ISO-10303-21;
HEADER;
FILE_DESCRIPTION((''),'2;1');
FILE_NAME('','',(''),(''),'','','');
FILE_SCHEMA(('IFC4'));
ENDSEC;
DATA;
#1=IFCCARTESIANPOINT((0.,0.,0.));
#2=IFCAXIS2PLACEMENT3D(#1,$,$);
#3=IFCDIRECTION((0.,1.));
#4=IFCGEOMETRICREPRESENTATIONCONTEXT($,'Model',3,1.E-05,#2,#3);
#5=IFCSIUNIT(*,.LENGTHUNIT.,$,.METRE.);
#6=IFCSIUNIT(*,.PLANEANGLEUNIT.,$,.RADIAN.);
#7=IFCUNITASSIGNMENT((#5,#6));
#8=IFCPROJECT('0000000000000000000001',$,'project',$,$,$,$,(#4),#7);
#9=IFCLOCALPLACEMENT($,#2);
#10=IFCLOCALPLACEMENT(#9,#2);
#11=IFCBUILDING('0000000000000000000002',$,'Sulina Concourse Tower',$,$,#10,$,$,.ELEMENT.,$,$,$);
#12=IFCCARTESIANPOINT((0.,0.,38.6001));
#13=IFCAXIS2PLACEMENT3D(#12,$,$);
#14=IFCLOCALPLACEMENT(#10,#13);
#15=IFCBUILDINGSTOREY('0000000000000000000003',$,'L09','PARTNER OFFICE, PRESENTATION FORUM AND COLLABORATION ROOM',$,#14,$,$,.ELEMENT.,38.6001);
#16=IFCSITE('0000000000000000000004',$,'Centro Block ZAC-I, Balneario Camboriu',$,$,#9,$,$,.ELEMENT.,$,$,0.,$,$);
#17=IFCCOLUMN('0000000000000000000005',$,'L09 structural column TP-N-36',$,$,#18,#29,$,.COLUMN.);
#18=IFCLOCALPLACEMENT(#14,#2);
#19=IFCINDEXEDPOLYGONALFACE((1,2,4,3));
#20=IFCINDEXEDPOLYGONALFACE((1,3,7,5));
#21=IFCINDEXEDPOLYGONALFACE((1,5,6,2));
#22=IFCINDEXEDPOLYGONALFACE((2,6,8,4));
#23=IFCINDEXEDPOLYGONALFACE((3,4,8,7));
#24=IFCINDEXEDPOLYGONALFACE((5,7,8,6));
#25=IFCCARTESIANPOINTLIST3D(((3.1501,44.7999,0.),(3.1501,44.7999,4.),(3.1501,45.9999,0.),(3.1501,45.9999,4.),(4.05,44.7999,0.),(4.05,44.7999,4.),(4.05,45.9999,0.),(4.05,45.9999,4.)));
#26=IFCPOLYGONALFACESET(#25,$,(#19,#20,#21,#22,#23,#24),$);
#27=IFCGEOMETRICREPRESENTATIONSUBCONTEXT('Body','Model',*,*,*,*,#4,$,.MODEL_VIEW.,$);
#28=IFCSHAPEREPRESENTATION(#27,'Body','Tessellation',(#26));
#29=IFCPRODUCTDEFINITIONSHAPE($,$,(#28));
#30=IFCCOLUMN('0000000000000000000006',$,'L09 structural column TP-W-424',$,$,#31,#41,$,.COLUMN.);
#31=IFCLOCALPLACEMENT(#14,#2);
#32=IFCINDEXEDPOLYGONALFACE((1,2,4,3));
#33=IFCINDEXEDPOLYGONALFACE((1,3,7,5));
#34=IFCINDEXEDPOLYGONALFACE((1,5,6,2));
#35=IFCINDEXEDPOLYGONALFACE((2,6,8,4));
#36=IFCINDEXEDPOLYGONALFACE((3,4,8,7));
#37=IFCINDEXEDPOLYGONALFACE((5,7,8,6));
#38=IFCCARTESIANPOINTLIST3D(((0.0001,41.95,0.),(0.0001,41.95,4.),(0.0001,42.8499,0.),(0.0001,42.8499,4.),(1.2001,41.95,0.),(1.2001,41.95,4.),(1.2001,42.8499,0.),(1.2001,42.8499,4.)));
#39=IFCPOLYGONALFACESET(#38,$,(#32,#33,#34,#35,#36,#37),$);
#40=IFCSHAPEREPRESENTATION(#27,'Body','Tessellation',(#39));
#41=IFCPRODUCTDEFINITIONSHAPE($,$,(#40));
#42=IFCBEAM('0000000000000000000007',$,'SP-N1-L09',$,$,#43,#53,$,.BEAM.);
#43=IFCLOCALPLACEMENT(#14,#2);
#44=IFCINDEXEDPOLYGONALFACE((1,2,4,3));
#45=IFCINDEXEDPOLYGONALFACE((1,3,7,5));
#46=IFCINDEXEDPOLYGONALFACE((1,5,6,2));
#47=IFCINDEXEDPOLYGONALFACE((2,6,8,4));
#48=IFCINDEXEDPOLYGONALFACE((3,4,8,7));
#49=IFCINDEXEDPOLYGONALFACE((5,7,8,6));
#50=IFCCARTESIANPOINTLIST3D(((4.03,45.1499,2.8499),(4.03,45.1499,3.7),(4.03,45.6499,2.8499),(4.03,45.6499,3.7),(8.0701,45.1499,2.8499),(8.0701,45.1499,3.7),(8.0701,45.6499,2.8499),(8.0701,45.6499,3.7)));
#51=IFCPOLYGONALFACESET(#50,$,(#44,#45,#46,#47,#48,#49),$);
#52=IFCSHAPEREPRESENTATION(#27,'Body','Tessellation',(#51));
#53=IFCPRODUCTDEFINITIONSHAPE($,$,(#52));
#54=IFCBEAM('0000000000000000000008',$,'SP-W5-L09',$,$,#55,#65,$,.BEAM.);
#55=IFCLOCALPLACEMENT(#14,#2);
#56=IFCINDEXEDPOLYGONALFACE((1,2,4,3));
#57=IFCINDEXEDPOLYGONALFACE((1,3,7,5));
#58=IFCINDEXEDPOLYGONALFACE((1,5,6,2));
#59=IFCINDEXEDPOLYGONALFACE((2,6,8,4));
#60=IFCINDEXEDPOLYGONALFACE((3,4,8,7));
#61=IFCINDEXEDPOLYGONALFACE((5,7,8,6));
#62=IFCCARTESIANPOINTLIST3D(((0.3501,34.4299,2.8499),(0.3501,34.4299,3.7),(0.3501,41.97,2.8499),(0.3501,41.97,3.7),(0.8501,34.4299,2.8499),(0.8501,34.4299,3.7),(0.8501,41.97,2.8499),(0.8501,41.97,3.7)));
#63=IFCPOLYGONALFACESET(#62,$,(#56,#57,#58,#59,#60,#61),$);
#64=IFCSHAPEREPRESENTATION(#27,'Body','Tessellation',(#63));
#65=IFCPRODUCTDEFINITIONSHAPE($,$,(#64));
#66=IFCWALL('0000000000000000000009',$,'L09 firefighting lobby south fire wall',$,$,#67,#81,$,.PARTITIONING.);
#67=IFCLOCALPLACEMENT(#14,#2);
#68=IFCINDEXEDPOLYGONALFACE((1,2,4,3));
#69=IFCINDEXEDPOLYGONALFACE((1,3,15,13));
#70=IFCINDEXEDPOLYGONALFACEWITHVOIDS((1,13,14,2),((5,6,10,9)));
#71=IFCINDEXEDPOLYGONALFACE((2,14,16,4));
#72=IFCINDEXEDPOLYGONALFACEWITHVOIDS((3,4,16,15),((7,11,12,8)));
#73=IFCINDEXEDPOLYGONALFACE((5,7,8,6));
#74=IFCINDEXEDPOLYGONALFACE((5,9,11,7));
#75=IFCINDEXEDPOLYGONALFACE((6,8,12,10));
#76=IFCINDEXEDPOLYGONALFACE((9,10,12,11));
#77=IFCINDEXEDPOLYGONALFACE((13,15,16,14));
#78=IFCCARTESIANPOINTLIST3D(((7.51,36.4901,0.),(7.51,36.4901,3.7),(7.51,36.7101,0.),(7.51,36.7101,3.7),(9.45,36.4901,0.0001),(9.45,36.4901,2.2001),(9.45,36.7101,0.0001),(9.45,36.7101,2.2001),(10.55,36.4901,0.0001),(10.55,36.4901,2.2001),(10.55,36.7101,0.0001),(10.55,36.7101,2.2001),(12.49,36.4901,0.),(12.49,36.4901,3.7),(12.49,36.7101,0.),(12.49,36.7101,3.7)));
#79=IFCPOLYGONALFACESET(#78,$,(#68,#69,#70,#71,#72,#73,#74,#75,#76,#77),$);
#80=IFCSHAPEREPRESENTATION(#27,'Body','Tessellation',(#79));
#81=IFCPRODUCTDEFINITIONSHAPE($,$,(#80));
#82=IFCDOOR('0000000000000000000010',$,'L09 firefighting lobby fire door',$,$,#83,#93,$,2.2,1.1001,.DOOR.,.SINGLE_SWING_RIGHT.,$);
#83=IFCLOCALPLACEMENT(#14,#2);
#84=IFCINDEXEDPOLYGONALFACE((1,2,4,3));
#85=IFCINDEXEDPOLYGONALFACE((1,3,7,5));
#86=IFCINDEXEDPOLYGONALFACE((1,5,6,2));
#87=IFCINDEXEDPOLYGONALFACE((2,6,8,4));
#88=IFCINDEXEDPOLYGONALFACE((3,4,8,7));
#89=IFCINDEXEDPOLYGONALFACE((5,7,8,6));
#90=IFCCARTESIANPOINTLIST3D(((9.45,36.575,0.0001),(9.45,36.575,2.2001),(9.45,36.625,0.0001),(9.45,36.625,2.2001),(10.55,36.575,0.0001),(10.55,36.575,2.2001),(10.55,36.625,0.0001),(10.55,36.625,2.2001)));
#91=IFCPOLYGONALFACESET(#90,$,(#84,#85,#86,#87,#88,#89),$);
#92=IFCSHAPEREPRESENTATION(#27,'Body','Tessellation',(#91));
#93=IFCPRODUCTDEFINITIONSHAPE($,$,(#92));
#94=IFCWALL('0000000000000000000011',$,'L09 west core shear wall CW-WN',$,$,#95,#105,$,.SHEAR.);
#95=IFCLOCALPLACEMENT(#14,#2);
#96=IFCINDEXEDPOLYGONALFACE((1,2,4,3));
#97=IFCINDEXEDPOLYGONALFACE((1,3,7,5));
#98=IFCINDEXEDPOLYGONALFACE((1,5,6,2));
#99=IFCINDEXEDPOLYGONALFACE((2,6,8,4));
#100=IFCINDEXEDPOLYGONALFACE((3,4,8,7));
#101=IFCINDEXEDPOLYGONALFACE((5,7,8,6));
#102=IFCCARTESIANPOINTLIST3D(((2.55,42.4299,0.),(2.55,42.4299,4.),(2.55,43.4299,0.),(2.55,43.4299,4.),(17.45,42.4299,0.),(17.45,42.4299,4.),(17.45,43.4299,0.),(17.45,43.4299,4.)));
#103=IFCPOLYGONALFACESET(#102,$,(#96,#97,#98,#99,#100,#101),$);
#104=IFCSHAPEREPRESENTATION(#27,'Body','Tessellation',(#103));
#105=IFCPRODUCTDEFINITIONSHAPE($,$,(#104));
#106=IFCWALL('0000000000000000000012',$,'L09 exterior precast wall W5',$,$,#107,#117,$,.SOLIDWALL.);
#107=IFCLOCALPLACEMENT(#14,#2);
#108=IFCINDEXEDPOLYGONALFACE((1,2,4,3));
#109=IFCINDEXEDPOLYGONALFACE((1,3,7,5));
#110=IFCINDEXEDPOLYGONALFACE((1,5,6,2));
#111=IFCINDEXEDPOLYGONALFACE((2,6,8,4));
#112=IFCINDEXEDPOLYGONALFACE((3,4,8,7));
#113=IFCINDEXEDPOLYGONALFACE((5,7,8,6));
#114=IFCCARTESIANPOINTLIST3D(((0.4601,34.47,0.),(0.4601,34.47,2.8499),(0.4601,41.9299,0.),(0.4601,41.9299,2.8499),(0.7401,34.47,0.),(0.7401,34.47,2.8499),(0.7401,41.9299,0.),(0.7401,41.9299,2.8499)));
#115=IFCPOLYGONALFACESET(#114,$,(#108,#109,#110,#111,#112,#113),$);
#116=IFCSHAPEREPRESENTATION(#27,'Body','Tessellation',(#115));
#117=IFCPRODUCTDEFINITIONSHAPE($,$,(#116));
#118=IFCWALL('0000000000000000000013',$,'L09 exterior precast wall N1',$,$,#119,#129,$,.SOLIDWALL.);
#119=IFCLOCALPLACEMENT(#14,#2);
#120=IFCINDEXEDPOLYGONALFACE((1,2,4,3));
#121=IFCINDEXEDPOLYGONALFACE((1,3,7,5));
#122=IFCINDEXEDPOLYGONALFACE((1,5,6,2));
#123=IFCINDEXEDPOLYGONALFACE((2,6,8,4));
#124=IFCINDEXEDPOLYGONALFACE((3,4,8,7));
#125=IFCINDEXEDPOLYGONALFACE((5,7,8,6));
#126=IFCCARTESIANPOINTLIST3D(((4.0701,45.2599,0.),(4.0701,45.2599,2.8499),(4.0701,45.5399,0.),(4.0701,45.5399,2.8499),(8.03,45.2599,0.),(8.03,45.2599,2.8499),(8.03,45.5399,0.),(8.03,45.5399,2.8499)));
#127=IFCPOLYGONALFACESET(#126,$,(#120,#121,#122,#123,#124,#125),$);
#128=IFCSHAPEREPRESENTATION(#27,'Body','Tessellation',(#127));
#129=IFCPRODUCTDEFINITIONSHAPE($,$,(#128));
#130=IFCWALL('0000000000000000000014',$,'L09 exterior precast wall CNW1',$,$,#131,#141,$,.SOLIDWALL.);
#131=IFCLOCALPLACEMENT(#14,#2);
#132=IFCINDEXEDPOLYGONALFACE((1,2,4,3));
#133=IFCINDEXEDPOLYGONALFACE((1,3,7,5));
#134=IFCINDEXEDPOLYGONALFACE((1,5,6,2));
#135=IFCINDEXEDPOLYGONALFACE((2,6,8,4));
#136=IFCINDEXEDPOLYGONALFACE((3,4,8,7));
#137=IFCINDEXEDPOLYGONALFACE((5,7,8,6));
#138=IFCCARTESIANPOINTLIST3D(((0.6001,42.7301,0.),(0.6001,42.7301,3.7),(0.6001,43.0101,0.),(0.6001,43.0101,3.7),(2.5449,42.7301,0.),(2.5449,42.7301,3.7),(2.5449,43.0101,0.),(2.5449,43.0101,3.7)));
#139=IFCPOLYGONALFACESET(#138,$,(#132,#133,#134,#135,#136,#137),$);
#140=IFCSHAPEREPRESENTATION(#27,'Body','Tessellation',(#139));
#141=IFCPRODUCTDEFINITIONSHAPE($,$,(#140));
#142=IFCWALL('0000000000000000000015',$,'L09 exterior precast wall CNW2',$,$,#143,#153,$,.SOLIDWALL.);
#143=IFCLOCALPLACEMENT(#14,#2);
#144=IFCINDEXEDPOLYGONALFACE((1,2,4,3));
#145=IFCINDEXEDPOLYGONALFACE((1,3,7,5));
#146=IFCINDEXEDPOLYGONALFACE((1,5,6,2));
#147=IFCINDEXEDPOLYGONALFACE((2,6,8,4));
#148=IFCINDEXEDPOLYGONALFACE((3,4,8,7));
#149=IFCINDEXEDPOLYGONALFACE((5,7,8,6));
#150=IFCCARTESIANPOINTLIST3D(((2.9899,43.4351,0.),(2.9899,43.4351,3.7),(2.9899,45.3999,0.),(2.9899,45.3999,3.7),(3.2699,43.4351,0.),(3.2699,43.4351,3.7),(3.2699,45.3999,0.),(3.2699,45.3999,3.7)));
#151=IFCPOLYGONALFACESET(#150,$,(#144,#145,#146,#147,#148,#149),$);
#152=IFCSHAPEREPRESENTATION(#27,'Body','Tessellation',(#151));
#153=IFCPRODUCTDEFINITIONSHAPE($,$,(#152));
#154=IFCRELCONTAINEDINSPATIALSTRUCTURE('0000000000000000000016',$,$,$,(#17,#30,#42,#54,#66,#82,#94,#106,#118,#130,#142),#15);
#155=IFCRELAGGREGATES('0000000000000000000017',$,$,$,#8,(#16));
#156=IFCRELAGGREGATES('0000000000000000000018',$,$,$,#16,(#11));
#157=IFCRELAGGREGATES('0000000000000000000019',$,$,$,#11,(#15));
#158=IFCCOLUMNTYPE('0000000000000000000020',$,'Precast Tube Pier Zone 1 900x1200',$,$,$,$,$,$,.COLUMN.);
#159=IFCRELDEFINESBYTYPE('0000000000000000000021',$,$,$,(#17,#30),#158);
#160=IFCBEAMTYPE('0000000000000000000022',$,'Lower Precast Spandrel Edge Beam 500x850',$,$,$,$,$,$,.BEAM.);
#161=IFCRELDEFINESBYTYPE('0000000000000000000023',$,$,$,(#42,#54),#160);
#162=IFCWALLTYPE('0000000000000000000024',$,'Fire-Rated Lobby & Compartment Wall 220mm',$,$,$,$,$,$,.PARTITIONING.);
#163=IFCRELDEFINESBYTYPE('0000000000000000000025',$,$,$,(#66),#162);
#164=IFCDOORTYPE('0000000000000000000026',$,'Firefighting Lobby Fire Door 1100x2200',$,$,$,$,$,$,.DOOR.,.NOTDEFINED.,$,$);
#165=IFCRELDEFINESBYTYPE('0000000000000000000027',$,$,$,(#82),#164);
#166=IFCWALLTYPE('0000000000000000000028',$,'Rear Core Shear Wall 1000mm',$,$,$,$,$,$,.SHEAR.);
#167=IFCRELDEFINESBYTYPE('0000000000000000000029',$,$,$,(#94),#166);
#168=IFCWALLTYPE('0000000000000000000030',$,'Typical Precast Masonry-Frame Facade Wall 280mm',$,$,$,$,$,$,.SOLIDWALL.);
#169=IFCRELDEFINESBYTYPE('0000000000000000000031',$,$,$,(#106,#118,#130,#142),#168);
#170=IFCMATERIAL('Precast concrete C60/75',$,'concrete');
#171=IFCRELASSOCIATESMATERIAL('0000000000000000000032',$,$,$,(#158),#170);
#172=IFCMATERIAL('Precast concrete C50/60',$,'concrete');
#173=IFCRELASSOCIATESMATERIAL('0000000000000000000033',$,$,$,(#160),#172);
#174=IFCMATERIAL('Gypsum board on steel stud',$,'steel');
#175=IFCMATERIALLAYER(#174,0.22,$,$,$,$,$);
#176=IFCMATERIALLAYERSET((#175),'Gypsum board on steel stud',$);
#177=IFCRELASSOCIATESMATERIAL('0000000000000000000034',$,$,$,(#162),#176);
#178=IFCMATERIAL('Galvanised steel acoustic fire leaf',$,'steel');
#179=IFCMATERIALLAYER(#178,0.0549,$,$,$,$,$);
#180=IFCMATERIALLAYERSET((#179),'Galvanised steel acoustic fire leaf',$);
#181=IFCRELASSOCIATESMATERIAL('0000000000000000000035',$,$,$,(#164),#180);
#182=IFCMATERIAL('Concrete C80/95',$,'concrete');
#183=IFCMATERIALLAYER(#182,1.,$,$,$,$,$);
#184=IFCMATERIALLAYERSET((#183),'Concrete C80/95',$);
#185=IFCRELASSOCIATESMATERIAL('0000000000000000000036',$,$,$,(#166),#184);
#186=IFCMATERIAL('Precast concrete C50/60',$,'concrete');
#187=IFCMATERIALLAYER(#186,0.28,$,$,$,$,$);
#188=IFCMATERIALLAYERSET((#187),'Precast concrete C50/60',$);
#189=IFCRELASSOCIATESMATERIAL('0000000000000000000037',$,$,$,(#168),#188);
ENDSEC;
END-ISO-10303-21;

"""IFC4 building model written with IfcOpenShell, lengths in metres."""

from ifc_helpers import new_model, si_unit, direction, frame, frame_2d, origin, origin_2d, place, context, subcontext, project, spatial, rectangle, extrude, material, layer, layer_set, material_profile, profile_set, type_object, element, fill, save


model = new_model("IFC4")

# Units and contexts
model_context = context("Model", 3, precision=1e-05, world=origin(), true_north=direction((0.0, 1.0)))
body_context = subcontext(model_context, "Body", "Model", "MODEL_VIEW")
ifc_project = project(units=[si_unit("LENGTHUNIT", "METRE"), si_unit("PLANEANGLEUNIT", "RADIAN")], contexts=[model_context])

# Site, building, storey
site_placement = place(None, origin())
site = spatial("IfcSite", under=ifc_project, at=site_placement, Name="Centro Block ZAC-I, Balneario Camboriu", CompositionType="ELEMENT", RefElevation=0.0)
building_placement = place(site_placement, origin())
building = spatial("IfcBuilding", under=site, at=building_placement, Name="Sulina Concourse Tower", CompositionType="ELEMENT")
storey_placement = place(building_placement, frame((0.0, 0.0, 38.6001)))
storey = spatial("IfcBuildingStorey", under=building, at=storey_placement, Name="L09", Description="PARTNER OFFICE, PRESENTATION FORUM AND COLLABORATION ROOM", CompositionType="ELEMENT", Elevation=38.6001)

# Columns
ifc_material_1 = material(Name="Precast concrete C60/75", Category="concrete")
ifc_material_profile_1 = material_profile(ifc_material_1, rectangle(XDim=0.8999, YDim=1.2, at=origin_2d()), Name="PC 900x1200")
ifc_profile_set_1 = profile_set([ifc_material_profile_1], Name="Precast concrete C60/75")
column_type = type_object("IfcColumnType", Name="Precast Tube Pier Zone 1 900x1200", PredefinedType="COLUMN", material=ifc_profile_set_1)
for number, where, z_axis, x_axis, name in (
    (1, (3.6001, 45.3999, 0.0), (0.0, 0.0, 1.0), (1.0, 0.0, 0.0), "L09 structural column TP-N-36"),
    (2, (0.6001, 42.3999, 0.0), (0.0, 0.0, 1.0), (0.0, 1.0, 0.0), "L09 structural column TP-W-424"),
):
    element("IfcColumn", number, at=place(storey_placement, frame(where, z_axis=z_axis, x_axis=x_axis)), inside=storey, type_object=column_type, Name=name, PredefinedType="COLUMN", context=body_context, shape_type="SweptSolid", body=[
        extrude(rectangle(XDim=0.8999, YDim=1.2, at=origin_2d()), origin(), (0.0, 0.0, 1.0), 4.0),
    ])

# Beams
ifc_material_2 = material(Name="Precast concrete C50/60", Category="concrete")
ifc_material_profile_2 = material_profile(ifc_material_2, rectangle(XDim=0.5, YDim=0.8501, at=origin_2d()), Name="RC 500x850")
ifc_profile_set_2 = profile_set([ifc_material_profile_2], Name="Precast concrete C50/60")
beam_type = type_object("IfcBeamType", Name="Lower Precast Spandrel Edge Beam 500x850", PredefinedType="BEAM", material=ifc_profile_set_2)
beam_1_placement = place(storey_placement, frame((4.03, 45.3999, 3.2749), z_axis=(1.0, 0.0, 0.0), x_axis=(0.0, 1.0, 0.0)))
element("IfcBeam", 3, at=beam_1_placement, inside=storey, type_object=beam_type, Name="SP-N1-L09", PredefinedType="BEAM", context=body_context, shape_type="SweptSolid", body=[
    extrude(rectangle(XDim=0.5, YDim=0.8501, at=origin_2d()), origin(), (0.0, 0.0, 1.0), 4.04),
])
beam_2_placement = place(storey_placement, frame((0.6001, 34.4299, 3.2749), z_axis=(0.0, 1.0, 0.0), x_axis=(-1.0, 0.0, 0.0)))
element("IfcBeam", 4, at=beam_2_placement, inside=storey, type_object=beam_type, Name="SP-W5-L09", PredefinedType="BEAM", context=body_context, shape_type="SweptSolid", body=[
    extrude(rectangle(XDim=0.5, YDim=0.8501, at=origin_2d()), origin(), (0.0, 0.0, 1.0), 7.54),
])

# Wall, opening, door
ifc_material_3 = material(Name="Gypsum board on steel stud", Category="steel")
ifc_layer_1 = layer(ifc_material_3, 0.22)
ifc_layer_set_1 = layer_set([ifc_layer_1], Name="Gypsum board on steel stud")
wall_type_1 = type_object("IfcWallType", Name="Fire-Rated Lobby & Compartment Wall 220mm", PredefinedType="PARTITIONING", material=ifc_layer_set_1)
wall_1_placement = place(storey_placement, frame((7.51, 36.6001, 0.0), z_axis=(0.0, 0.0, 1.0), x_axis=(1.0, 0.0, 0.0)))
wall_1 = element("IfcWall", 5, at=wall_1_placement, inside=storey, type_object=wall_type_1, Name="L09 firefighting lobby south fire wall", PredefinedType="PARTITIONING", context=body_context, shape_type="SweptSolid", body=[
    extrude(rectangle(XDim=4.98, YDim=0.22, at=frame_2d((2.49, 0.0))), origin(), (0.0, 0.0, 1.0), 3.7),
])
opening_placement = place(wall_1_placement, frame((1.9399, 0.0, 0.0)))
opening = element("IfcOpeningElement", 6, at=opening_placement, cuts=wall_1, PredefinedType="OPENING", context=body_context, shape_type="SweptSolid", body=[
    extrude(rectangle(XDim=1.1001, YDim=2.2, at=frame_2d((0.55, 1.1001))), frame((0.0, 0.1199, 0.0), z_axis=(0.0, -1.0, 0.0), x_axis=(1.0, 0.0, 0.0)), (0.0, 0.0, 1.0), 0.24),
])
ifc_material_4 = material(Name="Galvanised steel acoustic fire leaf", Category="steel")
ifc_layer_2 = layer(ifc_material_4, 0.0549)
ifc_layer_set_2 = layer_set([ifc_layer_2], Name="Galvanised steel acoustic fire leaf")
door_type = type_object("IfcDoorType", Name="Firefighting Lobby Fire Door 1100x2200", OperationType="NOTDEFINED", PredefinedType="DOOR", material=ifc_layer_set_2)
door_placement = place(opening_placement, origin())
door = element("IfcDoor", 7, at=door_placement, inside=storey, type_object=door_type, Name="L09 firefighting lobby fire door", OperationType="SINGLE_SWING_RIGHT", OverallHeight=2.2, OverallWidth=1.1001, PredefinedType="DOOR", context=body_context, shape_type="SweptSolid", body=[
    extrude(rectangle(XDim=1.1001, YDim=2.2, at=frame_2d((0.55, 1.1001))), frame((0.0, 0.0249, 0.0), z_axis=(0.0, -1.0, 0.0), x_axis=(1.0, 0.0, 0.0)), (0.0, 0.0, 1.0), 0.05),
])
fill(opening, door)

# Walls
ifc_material_5 = material(Name="Concrete C80/95", Category="concrete")
ifc_layer_3 = layer(ifc_material_5, 1.0)
ifc_layer_set_3 = layer_set([ifc_layer_3], Name="Concrete C80/95")
wall_type_2 = type_object("IfcWallType", Name="Rear Core Shear Wall 1000mm", PredefinedType="SHEAR", material=ifc_layer_set_3)
wall_2_placement = place(storey_placement, frame((2.55, 42.9299, 0.0), z_axis=(0.0, 0.0, 1.0), x_axis=(1.0, 0.0, 0.0)))
element("IfcWall", 8, at=wall_2_placement, inside=storey, type_object=wall_type_2, Name="L09 west core shear wall CW-WN", PredefinedType="SHEAR", context=body_context, shape_type="SweptSolid", body=[
    extrude(rectangle(XDim=14.8999, YDim=1.0, at=frame_2d((7.45, 0.0))), origin(), (0.0, 0.0, 1.0), 4.0),
])
ifc_material_6 = material(Name="Precast concrete C50/60", Category="concrete")
ifc_layer_4 = layer(ifc_material_6, 0.28)
ifc_layer_set_4 = layer_set([ifc_layer_4], Name="Precast concrete C50/60")
wall_type_3 = type_object("IfcWallType", Name="Typical Precast Masonry-Frame Facade Wall 280mm", PredefinedType="SOLIDWALL", material=ifc_layer_set_4)
wall_3_placement = place(storey_placement, frame((0.6001, 34.47, 0.0), z_axis=(0.0, 0.0, 1.0), x_axis=(0.0, 1.0, 0.0)))
element("IfcWall", 9, at=wall_3_placement, inside=storey, type_object=wall_type_3, Name="L09 exterior precast wall W5", PredefinedType="SOLIDWALL", context=body_context, shape_type="SweptSolid", body=[
    extrude(rectangle(XDim=7.46, YDim=0.28, at=frame_2d((3.73, 0.0))), origin(), (0.0, 0.0, 1.0), 2.8499),
])
wall_4_placement = place(storey_placement, frame((4.0701, 45.3999, 0.0), z_axis=(0.0, 0.0, 1.0), x_axis=(1.0, 0.0, 0.0)))
element("IfcWall", 10, at=wall_4_placement, inside=storey, type_object=wall_type_3, Name="L09 exterior precast wall N1", PredefinedType="SOLIDWALL", context=body_context, shape_type="SweptSolid", body=[
    extrude(rectangle(XDim=3.96, YDim=0.28, at=frame_2d((1.98, 0.0))), origin(), (0.0, 0.0, 1.0), 2.8499),
])
wall_5_placement = place(storey_placement, frame((0.6001, 42.8701, 0.0), z_axis=(0.0, 0.0, 1.0), x_axis=(1.0, 0.0, 0.0)))
element("IfcWall", 11, at=wall_5_placement, inside=storey, type_object=wall_type_3, Name="L09 exterior precast wall CNW1", PredefinedType="SOLIDWALL", context=body_context, shape_type="SweptSolid", body=[
    extrude(rectangle(XDim=1.9448, YDim=0.28, at=frame_2d((0.9724, 0.0))), origin(), (0.0, 0.0, 1.0), 3.7),
])
wall_6_placement = place(storey_placement, frame((3.1299, 43.4351, 0.0), z_axis=(0.0, 0.0, 1.0), x_axis=(0.0, 1.0, 0.0)))
element("IfcWall", 12, at=wall_6_placement, inside=storey, type_object=wall_type_3, Name="L09 exterior precast wall CNW2", PredefinedType="SOLIDWALL", context=body_context, shape_type="SweptSolid", body=[
    extrude(rectangle(XDim=1.9648, YDim=0.28, at=frame_2d((0.9824, 0.0))), origin(), (0.0, 0.0, 1.0), 3.7),
])

save(model, "model.ifc")
